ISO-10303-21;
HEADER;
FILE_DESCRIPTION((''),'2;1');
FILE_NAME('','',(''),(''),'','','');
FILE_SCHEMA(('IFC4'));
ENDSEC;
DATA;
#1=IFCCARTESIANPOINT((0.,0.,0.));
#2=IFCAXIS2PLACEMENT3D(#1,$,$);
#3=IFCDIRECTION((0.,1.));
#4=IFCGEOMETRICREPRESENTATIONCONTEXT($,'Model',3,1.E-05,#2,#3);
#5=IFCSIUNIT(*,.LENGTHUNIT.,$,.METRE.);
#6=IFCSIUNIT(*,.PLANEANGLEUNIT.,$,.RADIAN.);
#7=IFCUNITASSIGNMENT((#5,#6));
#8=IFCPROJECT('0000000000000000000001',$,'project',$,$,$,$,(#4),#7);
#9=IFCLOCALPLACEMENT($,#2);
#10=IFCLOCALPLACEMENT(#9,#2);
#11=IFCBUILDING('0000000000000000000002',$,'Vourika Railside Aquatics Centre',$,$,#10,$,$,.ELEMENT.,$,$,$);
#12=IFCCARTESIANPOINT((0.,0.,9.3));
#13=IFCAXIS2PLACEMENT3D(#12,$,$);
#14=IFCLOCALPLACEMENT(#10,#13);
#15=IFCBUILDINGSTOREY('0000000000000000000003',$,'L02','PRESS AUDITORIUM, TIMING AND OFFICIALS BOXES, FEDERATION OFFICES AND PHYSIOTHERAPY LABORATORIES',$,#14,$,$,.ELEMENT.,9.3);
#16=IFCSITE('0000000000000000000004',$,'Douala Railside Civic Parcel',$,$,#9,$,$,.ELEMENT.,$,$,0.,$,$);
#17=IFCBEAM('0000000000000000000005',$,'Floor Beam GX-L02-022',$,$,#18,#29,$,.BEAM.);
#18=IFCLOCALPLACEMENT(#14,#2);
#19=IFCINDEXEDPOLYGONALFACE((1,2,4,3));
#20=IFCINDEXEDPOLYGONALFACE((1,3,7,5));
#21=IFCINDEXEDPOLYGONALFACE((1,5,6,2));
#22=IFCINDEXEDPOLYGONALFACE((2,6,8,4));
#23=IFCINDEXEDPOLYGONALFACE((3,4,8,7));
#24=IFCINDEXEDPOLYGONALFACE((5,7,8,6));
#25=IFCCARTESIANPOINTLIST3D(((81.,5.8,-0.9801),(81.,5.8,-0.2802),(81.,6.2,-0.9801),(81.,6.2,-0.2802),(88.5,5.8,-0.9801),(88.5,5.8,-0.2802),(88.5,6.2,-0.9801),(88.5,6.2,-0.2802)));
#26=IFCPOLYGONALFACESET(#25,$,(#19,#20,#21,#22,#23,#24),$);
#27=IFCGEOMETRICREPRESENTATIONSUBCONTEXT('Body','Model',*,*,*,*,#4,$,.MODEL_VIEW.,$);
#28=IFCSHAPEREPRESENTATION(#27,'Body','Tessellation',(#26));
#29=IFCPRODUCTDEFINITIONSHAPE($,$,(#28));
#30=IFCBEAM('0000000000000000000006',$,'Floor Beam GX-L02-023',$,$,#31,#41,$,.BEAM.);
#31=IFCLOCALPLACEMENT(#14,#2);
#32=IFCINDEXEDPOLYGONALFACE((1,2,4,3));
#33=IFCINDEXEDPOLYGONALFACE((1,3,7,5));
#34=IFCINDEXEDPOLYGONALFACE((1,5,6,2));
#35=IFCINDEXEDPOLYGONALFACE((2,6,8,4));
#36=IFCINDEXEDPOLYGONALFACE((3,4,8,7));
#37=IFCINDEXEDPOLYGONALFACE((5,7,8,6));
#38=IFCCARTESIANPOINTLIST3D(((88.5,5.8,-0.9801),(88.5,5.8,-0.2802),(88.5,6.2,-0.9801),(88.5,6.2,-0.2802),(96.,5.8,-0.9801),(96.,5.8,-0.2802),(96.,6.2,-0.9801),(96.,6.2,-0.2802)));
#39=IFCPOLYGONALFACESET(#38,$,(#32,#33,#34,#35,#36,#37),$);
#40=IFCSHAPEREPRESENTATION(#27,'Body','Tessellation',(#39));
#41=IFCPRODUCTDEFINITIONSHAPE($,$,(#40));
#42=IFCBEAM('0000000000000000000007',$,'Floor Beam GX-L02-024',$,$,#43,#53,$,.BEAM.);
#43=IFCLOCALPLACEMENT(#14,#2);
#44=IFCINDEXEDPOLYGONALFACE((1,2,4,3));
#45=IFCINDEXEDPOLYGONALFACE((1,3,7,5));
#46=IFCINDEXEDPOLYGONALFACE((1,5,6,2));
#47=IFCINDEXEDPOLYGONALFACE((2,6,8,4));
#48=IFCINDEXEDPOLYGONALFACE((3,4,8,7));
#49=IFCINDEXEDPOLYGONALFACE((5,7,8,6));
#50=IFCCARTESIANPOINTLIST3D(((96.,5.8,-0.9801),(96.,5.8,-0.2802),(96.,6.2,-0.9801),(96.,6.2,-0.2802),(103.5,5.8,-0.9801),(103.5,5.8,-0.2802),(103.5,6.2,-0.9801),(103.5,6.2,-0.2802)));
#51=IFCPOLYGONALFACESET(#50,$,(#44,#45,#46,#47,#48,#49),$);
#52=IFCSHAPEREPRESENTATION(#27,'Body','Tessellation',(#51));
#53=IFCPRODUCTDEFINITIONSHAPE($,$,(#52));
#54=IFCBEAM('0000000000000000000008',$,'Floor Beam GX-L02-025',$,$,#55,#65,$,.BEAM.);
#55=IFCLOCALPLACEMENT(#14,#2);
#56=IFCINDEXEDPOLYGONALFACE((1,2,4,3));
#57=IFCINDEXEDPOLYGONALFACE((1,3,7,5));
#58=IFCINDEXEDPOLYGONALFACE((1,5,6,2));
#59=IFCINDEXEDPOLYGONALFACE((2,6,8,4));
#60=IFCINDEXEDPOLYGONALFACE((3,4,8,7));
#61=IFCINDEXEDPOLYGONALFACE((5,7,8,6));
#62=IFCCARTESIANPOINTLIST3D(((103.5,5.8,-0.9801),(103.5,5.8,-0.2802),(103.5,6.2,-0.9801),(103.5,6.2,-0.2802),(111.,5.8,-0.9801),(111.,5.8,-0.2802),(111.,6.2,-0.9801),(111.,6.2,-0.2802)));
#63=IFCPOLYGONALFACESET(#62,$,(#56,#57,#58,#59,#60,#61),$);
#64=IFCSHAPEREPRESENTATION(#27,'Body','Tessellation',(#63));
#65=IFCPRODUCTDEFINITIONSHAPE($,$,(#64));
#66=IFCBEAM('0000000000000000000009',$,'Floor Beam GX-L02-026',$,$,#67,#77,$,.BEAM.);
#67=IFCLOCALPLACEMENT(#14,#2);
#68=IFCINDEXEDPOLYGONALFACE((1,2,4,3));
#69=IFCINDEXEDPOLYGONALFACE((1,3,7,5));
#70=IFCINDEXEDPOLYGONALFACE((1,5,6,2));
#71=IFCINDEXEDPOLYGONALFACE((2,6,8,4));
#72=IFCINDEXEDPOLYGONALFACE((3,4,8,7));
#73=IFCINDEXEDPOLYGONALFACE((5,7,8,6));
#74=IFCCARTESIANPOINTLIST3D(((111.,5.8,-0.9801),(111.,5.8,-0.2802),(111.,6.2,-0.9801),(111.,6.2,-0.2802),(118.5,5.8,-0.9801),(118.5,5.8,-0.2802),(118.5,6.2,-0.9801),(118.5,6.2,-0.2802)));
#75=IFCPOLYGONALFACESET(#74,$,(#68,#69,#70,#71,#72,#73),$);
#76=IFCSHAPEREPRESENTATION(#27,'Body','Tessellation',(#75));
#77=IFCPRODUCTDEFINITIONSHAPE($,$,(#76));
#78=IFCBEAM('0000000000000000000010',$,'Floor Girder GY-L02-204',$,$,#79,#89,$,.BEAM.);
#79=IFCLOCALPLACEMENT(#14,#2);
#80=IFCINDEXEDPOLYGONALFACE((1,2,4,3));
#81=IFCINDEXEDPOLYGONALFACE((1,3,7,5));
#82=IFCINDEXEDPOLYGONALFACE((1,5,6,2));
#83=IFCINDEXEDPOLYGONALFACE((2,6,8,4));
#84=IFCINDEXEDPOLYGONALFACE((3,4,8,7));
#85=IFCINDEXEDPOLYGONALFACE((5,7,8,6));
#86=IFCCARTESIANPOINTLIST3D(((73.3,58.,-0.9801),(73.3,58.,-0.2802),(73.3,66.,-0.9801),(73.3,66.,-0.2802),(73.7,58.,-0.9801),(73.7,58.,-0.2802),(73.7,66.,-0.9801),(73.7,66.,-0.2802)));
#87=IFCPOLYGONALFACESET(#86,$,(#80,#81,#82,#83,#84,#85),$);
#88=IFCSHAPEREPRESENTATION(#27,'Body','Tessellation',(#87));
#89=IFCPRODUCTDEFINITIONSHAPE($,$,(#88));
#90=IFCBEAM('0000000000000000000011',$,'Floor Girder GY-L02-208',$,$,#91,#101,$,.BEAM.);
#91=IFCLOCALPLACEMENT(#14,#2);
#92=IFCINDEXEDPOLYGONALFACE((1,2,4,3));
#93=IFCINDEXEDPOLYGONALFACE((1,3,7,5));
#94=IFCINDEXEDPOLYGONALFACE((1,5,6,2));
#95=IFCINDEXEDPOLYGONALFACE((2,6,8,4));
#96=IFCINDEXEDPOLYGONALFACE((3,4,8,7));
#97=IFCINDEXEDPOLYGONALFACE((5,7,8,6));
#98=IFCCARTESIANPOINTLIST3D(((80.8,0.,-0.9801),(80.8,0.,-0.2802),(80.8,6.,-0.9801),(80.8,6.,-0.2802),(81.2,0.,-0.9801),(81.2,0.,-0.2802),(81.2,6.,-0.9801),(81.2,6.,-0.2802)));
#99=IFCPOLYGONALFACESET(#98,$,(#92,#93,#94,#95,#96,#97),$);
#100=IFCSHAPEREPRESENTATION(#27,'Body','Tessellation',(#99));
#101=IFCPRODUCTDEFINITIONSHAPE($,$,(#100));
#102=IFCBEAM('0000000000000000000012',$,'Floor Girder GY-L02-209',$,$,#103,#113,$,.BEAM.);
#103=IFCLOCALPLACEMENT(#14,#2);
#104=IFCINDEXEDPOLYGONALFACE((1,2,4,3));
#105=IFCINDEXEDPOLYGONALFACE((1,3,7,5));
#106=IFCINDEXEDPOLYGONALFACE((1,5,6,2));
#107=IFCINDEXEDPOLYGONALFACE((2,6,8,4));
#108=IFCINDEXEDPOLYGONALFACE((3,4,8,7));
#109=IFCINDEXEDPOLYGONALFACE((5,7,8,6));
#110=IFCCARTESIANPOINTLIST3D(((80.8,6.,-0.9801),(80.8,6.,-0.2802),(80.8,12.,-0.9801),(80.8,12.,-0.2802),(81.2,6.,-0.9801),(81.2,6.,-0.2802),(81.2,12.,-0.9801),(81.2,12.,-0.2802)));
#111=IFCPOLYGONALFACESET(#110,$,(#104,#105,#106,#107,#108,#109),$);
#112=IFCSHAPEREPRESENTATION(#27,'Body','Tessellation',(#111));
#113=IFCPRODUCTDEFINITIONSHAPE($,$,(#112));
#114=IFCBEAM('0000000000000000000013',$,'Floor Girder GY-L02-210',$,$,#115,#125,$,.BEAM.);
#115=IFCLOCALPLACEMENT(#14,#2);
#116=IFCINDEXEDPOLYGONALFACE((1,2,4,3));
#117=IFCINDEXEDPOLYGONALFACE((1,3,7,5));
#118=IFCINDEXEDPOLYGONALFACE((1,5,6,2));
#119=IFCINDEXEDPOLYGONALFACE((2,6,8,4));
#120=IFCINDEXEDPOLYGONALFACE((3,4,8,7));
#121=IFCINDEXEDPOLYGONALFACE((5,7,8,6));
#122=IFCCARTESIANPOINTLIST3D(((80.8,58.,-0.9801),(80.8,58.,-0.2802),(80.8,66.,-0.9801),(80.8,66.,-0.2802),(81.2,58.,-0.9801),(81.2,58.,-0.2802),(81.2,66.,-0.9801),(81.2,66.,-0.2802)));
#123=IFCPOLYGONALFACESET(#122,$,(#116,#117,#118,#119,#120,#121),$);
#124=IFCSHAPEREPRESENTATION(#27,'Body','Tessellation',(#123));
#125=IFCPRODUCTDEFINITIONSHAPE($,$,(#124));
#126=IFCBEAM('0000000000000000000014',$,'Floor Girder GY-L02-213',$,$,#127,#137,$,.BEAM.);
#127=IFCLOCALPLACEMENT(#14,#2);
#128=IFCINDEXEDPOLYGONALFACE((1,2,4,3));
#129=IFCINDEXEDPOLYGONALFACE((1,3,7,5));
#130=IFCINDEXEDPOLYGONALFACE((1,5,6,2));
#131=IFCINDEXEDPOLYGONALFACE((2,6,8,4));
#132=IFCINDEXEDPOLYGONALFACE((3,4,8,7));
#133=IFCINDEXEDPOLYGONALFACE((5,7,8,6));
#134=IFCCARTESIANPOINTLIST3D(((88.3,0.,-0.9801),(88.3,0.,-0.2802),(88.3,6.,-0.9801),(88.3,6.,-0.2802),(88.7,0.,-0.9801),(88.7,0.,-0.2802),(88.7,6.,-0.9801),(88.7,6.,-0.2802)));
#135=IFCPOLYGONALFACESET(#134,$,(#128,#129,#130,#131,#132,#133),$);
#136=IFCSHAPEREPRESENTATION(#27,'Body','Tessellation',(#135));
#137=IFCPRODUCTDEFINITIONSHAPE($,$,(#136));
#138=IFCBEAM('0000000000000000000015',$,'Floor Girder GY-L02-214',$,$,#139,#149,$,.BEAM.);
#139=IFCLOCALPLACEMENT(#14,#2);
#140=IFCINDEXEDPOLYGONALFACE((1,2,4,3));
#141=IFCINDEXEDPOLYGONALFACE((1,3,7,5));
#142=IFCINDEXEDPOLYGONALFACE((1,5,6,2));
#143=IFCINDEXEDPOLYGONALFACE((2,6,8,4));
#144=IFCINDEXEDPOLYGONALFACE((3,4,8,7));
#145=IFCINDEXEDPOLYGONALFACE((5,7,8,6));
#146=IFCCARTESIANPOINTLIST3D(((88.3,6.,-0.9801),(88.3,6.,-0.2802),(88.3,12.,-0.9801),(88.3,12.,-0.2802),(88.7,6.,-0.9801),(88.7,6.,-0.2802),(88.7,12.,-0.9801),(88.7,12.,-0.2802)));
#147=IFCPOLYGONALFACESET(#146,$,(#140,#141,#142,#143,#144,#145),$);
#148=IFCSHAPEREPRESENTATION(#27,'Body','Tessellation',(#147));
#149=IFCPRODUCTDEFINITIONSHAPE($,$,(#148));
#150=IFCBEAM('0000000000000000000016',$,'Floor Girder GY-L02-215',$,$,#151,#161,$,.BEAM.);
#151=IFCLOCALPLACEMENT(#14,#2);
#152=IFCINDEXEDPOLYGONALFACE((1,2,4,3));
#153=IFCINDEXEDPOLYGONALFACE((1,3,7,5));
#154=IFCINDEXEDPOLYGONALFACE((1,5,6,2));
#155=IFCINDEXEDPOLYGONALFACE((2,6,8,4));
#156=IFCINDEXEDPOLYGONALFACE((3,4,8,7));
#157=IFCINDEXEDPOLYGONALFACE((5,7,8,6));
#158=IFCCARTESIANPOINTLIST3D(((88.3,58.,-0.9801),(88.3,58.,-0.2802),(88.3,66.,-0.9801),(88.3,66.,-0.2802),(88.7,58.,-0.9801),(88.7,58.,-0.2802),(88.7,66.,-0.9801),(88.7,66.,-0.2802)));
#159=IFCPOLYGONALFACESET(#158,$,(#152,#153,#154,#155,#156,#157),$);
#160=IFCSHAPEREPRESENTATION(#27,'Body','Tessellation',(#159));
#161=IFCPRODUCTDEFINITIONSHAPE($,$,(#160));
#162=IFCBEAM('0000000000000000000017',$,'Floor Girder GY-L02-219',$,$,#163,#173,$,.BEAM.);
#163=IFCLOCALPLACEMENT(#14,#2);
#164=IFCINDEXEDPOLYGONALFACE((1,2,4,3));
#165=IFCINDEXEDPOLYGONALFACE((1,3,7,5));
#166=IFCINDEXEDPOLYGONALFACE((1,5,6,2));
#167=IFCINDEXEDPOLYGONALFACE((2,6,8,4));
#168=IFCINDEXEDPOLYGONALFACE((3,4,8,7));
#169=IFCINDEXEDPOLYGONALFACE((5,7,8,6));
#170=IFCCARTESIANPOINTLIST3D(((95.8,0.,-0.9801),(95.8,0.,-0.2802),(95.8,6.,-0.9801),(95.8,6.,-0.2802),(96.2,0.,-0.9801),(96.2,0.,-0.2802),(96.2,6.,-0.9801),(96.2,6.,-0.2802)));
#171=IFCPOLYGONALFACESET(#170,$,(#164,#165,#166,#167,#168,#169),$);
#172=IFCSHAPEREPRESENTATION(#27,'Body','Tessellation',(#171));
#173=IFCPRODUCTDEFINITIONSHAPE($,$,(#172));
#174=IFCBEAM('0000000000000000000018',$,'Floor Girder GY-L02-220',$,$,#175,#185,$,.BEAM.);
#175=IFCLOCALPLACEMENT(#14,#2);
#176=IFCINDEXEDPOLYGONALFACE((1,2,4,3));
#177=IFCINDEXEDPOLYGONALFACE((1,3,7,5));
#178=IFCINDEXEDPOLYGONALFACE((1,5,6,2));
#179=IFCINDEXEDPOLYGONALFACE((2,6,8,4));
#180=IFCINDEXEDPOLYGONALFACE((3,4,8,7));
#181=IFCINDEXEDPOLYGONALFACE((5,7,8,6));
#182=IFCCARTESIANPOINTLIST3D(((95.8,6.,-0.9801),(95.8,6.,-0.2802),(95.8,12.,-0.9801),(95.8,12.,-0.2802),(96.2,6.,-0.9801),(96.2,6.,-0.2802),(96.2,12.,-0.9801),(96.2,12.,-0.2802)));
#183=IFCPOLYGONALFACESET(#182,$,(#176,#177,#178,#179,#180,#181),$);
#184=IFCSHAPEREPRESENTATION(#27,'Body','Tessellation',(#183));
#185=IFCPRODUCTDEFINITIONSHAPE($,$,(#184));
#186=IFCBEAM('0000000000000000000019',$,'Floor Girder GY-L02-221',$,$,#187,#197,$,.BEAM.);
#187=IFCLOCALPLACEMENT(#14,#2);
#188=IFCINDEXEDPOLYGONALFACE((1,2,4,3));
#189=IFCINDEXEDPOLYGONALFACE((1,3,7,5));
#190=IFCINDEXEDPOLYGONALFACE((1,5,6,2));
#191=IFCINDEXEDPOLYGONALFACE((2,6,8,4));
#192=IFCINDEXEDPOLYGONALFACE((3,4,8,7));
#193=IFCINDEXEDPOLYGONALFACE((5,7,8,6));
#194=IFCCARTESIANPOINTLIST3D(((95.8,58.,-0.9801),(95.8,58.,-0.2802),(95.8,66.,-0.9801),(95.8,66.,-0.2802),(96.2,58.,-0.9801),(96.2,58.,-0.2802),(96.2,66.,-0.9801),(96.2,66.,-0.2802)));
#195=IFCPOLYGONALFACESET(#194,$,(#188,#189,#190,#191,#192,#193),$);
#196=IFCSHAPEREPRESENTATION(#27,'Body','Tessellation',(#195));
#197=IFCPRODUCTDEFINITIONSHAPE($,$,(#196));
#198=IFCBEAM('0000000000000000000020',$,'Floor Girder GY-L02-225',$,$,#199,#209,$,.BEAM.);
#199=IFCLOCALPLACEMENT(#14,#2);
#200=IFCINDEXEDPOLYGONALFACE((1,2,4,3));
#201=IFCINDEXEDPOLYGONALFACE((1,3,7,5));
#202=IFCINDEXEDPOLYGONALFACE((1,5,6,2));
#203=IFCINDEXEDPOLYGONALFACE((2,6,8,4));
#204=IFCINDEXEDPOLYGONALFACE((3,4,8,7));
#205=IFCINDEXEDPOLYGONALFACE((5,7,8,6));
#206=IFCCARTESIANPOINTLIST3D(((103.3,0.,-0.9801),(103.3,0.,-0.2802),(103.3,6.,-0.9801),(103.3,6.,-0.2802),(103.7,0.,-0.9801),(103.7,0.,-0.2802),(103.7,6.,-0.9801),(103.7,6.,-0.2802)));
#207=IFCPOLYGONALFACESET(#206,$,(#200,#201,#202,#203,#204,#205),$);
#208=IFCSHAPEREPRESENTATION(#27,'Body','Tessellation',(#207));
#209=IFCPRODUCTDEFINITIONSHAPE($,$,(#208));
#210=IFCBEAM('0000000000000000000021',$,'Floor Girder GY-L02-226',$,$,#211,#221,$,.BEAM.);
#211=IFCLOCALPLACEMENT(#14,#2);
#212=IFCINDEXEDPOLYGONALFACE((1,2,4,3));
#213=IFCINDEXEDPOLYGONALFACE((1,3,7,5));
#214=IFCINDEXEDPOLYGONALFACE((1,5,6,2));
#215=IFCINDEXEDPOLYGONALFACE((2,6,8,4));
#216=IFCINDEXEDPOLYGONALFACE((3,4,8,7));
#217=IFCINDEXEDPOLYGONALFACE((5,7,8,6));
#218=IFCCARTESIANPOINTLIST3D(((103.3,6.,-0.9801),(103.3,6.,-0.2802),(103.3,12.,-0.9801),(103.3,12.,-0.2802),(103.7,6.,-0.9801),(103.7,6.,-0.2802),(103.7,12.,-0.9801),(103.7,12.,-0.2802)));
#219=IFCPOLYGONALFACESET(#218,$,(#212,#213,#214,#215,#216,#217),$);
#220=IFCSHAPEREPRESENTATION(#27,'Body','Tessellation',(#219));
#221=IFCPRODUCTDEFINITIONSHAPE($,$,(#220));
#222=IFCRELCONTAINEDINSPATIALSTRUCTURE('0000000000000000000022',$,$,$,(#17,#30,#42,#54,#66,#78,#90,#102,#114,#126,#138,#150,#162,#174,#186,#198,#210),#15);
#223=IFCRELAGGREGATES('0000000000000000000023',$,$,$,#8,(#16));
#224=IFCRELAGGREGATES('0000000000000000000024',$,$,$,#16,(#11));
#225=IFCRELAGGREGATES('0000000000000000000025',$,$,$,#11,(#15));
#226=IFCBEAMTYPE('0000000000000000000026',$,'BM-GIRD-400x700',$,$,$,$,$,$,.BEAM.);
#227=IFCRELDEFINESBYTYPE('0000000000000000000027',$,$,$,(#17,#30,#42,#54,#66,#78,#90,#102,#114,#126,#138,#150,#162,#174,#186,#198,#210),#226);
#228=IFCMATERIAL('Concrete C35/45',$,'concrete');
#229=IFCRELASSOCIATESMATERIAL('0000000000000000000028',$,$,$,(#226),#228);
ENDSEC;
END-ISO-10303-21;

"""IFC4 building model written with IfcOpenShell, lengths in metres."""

from ifc_helpers import new_model, si_unit, direction, frame, origin, origin_2d, place, context, subcontext, project, spatial, rectangle, extrude, material, material_profile, profile_set, type_object, element, save


model = new_model("IFC4")

# Units and contexts
model_context = context("Model", 3, precision=1e-05, world=origin(), true_north=direction((0.0, 1.0)))
body_context = subcontext(model_context, "Body", "Model", "MODEL_VIEW")
ifc_project = project(units=[si_unit("LENGTHUNIT", "METRE"), si_unit("PLANEANGLEUNIT", "RADIAN")], contexts=[model_context])

# Site, building, storey
site_placement = place(None, origin())
site = spatial("IfcSite", under=ifc_project, at=site_placement, Name="Douala Railside Civic Parcel", CompositionType="ELEMENT", RefElevation=0.0)
building_placement = place(site_placement, origin())
building = spatial("IfcBuilding", under=site, at=building_placement, Name="Vourika Railside Aquatics Centre", CompositionType="ELEMENT")
storey_placement = place(building_placement, frame((0.0, 0.0, 9.3)))
storey = spatial("IfcBuildingStorey", under=building, at=storey_placement, Name="L02", Description="PRESS AUDITORIUM, TIMING AND OFFICIALS BOXES, FEDERATION OFFICES AND PHYSIOTHERAPY LABORATORIES", CompositionType="ELEMENT", Elevation=9.3)

# Beams
ifc_material = material(Name="Concrete C35/45", Category="concrete")
ifc_material_profile_1 = material_profile(ifc_material, rectangle(XDim=0.3999, YDim=0.7, at=origin_2d()), Name="RC 400x700")
ifc_profile_set_1 = profile_set([ifc_material_profile_1], Name="Concrete C35/45")
beam_type_1 = type_object("IfcBeamType", Name="BM-GIRD-400x700", PredefinedType="BEAM", material=ifc_profile_set_1)
for number, where, z_axis, x_axis, name in (
    (1, (81.0, 6.0, -0.6301), (1.0, 0.0, 0.0), (0.0, 1.0, 0.0), "Floor Beam GX-L02-022"),
    (2, (88.5, 6.0, -0.6301), (1.0, 0.0, 0.0), (0.0, 1.0, 0.0), "Floor Beam GX-L02-023"),
    (3, (96.0, 6.0, -0.6301), (1.0, 0.0, 0.0), (0.0, 1.0, 0.0), "Floor Beam GX-L02-024"),
    (4, (103.5, 6.0, -0.6301), (1.0, 0.0, 0.0), (0.0, 1.0, 0.0), "Floor Beam GX-L02-025"),
    (5, (111.0, 6.0, -0.6301), (1.0, 0.0, 0.0), (0.0, 1.0, 0.0), "Floor Beam GX-L02-026"),
):
    element("IfcBeam", number, at=place(storey_placement, frame(where, z_axis=z_axis, x_axis=x_axis)), inside=storey, type_object=beam_type_1, Name=name, PredefinedType="BEAM", context=body_context, shape_type="SweptSolid", body=[
        extrude(rectangle(XDim=0.3999, YDim=0.7, at=origin_2d()), origin(), (0.0, 0.0, 1.0), 7.5),
    ])
beam_1_placement = place(storey_placement, frame((73.5, 58.0, -0.6301), z_axis=(0.0, 1.0, 0.0), x_axis=(-1.0, 0.0, 0.0)))
element("IfcBeam", 6, at=beam_1_placement, inside=storey, type_object=beam_type_1, Name="Floor Girder GY-L02-204", PredefinedType="BEAM", context=body_context, shape_type="SweptSolid", body=[
    extrude(rectangle(XDim=0.3999, YDim=0.7, at=origin_2d()), origin(), (0.0, 0.0, 1.0), 8.0),
])
for number, where, z_axis, x_axis, name in (
    (7, (81.0, 0.0, -0.6301), (0.0, 1.0, 0.0), (-1.0, 0.0, 0.0), "Floor Girder GY-L02-208"),
    (8, (81.0, 6.0, -0.6301), (0.0, 1.0, 0.0), (-1.0, 0.0, 0.0), "Floor Girder GY-L02-209"),
):
    element("IfcBeam", number, at=place(storey_placement, frame(where, z_axis=z_axis, x_axis=x_axis)), inside=storey, type_object=beam_type_1, Name=name, PredefinedType="BEAM", context=body_context, shape_type="SweptSolid", body=[
        extrude(rectangle(XDim=0.3999, YDim=0.7, at=origin_2d()), origin(), (0.0, 0.0, 1.0), 6.0),
    ])
beam_2_placement = place(storey_placement, frame((81.0, 58.0, -0.6301), z_axis=(0.0, 1.0, 0.0), x_axis=(-1.0, 0.0, 0.0)))
element("IfcBeam", 9, at=beam_2_placement, inside=storey, type_object=beam_type_1, Name="Floor Girder GY-L02-210", PredefinedType="BEAM", context=body_context, shape_type="SweptSolid", body=[
    extrude(rectangle(XDim=0.3999, YDim=0.7, at=origin_2d()), origin(), (0.0, 0.0, 1.0), 8.0),
])
for number, where, z_axis, x_axis, name in (
    (10, (88.5, 0.0, -0.6301), (0.0, 1.0, 0.0), (-1.0, 0.0, 0.0), "Floor Girder GY-L02-213"),
    (11, (88.5, 6.0, -0.6301), (0.0, 1.0, 0.0), (-1.0, 0.0, 0.0), "Floor Girder GY-L02-214"),
):
    element("IfcBeam", number, at=place(storey_placement, frame(where, z_axis=z_axis, x_axis=x_axis)), inside=storey, type_object=beam_type_1, Name=name, PredefinedType="BEAM", context=body_context, shape_type="SweptSolid", body=[
        extrude(rectangle(XDim=0.3999, YDim=0.7, at=origin_2d()), origin(), (0.0, 0.0, 1.0), 6.0),
    ])
beam_3_placement = place(storey_placement, frame((88.5, 58.0, -0.6301), z_axis=(0.0, 1.0, 0.0), x_axis=(-1.0, 0.0, 0.0)))
element("IfcBeam", 12, at=beam_3_placement, inside=storey, type_object=beam_type_1, Name="Floor Girder GY-L02-215", PredefinedType="BEAM", context=body_context, shape_type="SweptSolid", body=[
    extrude(rectangle(XDim=0.3999, YDim=0.7, at=origin_2d()), origin(), (0.0, 0.0, 1.0), 8.0),
])
for number, where, z_axis, x_axis, name in (
    (13, (96.0, 0.0, -0.6301), (0.0, 1.0, 0.0), (-1.0, 0.0, 0.0), "Floor Girder GY-L02-219"),
    (14, (96.0, 6.0, -0.6301), (0.0, 1.0, 0.0), (-1.0, 0.0, 0.0), "Floor Girder GY-L02-220"),
):
    element("IfcBeam", number, at=place(storey_placement, frame(where, z_axis=z_axis, x_axis=x_axis)), inside=storey, type_object=beam_type_1, Name=name, PredefinedType="BEAM", context=body_context, shape_type="SweptSolid", body=[
        extrude(rectangle(XDim=0.3999, YDim=0.7, at=origin_2d()), origin(), (0.0, 0.0, 1.0), 6.0),
    ])
beam_4_placement = place(storey_placement, frame((96.0, 58.0, -0.6301), z_axis=(0.0, 1.0, 0.0), x_axis=(-1.0, 0.0, 0.0)))
element("IfcBeam", 15, at=beam_4_placement, inside=storey, type_object=beam_type_1, Name="Floor Girder GY-L02-221", PredefinedType="BEAM", context=body_context, shape_type="SweptSolid", body=[
    extrude(rectangle(XDim=0.3999, YDim=0.7, at=origin_2d()), origin(), (0.0, 0.0, 1.0), 8.0),
])
for number, where, z_axis, x_axis, name in (
    (16, (103.5, 0.0, -0.6301), (0.0, 1.0, 0.0), (-1.0, 0.0, 0.0), "Floor Girder GY-L02-225"),
    (17, (103.5, 6.0, -0.6301), (0.0, 1.0, 0.0), (-1.0, 0.0, 0.0), "Floor Girder GY-L02-226"),
):
    element("IfcBeam", number, at=place(storey_placement, frame(where, z_axis=z_axis, x_axis=x_axis)), inside=storey, type_object=beam_type_1, Name=name, PredefinedType="BEAM", context=body_context, shape_type="SweptSolid", body=[
        extrude(rectangle(XDim=0.3999, YDim=0.7, at=origin_2d()), origin(), (0.0, 0.0, 1.0), 6.0),
    ])

save(model, "model.ifc")
